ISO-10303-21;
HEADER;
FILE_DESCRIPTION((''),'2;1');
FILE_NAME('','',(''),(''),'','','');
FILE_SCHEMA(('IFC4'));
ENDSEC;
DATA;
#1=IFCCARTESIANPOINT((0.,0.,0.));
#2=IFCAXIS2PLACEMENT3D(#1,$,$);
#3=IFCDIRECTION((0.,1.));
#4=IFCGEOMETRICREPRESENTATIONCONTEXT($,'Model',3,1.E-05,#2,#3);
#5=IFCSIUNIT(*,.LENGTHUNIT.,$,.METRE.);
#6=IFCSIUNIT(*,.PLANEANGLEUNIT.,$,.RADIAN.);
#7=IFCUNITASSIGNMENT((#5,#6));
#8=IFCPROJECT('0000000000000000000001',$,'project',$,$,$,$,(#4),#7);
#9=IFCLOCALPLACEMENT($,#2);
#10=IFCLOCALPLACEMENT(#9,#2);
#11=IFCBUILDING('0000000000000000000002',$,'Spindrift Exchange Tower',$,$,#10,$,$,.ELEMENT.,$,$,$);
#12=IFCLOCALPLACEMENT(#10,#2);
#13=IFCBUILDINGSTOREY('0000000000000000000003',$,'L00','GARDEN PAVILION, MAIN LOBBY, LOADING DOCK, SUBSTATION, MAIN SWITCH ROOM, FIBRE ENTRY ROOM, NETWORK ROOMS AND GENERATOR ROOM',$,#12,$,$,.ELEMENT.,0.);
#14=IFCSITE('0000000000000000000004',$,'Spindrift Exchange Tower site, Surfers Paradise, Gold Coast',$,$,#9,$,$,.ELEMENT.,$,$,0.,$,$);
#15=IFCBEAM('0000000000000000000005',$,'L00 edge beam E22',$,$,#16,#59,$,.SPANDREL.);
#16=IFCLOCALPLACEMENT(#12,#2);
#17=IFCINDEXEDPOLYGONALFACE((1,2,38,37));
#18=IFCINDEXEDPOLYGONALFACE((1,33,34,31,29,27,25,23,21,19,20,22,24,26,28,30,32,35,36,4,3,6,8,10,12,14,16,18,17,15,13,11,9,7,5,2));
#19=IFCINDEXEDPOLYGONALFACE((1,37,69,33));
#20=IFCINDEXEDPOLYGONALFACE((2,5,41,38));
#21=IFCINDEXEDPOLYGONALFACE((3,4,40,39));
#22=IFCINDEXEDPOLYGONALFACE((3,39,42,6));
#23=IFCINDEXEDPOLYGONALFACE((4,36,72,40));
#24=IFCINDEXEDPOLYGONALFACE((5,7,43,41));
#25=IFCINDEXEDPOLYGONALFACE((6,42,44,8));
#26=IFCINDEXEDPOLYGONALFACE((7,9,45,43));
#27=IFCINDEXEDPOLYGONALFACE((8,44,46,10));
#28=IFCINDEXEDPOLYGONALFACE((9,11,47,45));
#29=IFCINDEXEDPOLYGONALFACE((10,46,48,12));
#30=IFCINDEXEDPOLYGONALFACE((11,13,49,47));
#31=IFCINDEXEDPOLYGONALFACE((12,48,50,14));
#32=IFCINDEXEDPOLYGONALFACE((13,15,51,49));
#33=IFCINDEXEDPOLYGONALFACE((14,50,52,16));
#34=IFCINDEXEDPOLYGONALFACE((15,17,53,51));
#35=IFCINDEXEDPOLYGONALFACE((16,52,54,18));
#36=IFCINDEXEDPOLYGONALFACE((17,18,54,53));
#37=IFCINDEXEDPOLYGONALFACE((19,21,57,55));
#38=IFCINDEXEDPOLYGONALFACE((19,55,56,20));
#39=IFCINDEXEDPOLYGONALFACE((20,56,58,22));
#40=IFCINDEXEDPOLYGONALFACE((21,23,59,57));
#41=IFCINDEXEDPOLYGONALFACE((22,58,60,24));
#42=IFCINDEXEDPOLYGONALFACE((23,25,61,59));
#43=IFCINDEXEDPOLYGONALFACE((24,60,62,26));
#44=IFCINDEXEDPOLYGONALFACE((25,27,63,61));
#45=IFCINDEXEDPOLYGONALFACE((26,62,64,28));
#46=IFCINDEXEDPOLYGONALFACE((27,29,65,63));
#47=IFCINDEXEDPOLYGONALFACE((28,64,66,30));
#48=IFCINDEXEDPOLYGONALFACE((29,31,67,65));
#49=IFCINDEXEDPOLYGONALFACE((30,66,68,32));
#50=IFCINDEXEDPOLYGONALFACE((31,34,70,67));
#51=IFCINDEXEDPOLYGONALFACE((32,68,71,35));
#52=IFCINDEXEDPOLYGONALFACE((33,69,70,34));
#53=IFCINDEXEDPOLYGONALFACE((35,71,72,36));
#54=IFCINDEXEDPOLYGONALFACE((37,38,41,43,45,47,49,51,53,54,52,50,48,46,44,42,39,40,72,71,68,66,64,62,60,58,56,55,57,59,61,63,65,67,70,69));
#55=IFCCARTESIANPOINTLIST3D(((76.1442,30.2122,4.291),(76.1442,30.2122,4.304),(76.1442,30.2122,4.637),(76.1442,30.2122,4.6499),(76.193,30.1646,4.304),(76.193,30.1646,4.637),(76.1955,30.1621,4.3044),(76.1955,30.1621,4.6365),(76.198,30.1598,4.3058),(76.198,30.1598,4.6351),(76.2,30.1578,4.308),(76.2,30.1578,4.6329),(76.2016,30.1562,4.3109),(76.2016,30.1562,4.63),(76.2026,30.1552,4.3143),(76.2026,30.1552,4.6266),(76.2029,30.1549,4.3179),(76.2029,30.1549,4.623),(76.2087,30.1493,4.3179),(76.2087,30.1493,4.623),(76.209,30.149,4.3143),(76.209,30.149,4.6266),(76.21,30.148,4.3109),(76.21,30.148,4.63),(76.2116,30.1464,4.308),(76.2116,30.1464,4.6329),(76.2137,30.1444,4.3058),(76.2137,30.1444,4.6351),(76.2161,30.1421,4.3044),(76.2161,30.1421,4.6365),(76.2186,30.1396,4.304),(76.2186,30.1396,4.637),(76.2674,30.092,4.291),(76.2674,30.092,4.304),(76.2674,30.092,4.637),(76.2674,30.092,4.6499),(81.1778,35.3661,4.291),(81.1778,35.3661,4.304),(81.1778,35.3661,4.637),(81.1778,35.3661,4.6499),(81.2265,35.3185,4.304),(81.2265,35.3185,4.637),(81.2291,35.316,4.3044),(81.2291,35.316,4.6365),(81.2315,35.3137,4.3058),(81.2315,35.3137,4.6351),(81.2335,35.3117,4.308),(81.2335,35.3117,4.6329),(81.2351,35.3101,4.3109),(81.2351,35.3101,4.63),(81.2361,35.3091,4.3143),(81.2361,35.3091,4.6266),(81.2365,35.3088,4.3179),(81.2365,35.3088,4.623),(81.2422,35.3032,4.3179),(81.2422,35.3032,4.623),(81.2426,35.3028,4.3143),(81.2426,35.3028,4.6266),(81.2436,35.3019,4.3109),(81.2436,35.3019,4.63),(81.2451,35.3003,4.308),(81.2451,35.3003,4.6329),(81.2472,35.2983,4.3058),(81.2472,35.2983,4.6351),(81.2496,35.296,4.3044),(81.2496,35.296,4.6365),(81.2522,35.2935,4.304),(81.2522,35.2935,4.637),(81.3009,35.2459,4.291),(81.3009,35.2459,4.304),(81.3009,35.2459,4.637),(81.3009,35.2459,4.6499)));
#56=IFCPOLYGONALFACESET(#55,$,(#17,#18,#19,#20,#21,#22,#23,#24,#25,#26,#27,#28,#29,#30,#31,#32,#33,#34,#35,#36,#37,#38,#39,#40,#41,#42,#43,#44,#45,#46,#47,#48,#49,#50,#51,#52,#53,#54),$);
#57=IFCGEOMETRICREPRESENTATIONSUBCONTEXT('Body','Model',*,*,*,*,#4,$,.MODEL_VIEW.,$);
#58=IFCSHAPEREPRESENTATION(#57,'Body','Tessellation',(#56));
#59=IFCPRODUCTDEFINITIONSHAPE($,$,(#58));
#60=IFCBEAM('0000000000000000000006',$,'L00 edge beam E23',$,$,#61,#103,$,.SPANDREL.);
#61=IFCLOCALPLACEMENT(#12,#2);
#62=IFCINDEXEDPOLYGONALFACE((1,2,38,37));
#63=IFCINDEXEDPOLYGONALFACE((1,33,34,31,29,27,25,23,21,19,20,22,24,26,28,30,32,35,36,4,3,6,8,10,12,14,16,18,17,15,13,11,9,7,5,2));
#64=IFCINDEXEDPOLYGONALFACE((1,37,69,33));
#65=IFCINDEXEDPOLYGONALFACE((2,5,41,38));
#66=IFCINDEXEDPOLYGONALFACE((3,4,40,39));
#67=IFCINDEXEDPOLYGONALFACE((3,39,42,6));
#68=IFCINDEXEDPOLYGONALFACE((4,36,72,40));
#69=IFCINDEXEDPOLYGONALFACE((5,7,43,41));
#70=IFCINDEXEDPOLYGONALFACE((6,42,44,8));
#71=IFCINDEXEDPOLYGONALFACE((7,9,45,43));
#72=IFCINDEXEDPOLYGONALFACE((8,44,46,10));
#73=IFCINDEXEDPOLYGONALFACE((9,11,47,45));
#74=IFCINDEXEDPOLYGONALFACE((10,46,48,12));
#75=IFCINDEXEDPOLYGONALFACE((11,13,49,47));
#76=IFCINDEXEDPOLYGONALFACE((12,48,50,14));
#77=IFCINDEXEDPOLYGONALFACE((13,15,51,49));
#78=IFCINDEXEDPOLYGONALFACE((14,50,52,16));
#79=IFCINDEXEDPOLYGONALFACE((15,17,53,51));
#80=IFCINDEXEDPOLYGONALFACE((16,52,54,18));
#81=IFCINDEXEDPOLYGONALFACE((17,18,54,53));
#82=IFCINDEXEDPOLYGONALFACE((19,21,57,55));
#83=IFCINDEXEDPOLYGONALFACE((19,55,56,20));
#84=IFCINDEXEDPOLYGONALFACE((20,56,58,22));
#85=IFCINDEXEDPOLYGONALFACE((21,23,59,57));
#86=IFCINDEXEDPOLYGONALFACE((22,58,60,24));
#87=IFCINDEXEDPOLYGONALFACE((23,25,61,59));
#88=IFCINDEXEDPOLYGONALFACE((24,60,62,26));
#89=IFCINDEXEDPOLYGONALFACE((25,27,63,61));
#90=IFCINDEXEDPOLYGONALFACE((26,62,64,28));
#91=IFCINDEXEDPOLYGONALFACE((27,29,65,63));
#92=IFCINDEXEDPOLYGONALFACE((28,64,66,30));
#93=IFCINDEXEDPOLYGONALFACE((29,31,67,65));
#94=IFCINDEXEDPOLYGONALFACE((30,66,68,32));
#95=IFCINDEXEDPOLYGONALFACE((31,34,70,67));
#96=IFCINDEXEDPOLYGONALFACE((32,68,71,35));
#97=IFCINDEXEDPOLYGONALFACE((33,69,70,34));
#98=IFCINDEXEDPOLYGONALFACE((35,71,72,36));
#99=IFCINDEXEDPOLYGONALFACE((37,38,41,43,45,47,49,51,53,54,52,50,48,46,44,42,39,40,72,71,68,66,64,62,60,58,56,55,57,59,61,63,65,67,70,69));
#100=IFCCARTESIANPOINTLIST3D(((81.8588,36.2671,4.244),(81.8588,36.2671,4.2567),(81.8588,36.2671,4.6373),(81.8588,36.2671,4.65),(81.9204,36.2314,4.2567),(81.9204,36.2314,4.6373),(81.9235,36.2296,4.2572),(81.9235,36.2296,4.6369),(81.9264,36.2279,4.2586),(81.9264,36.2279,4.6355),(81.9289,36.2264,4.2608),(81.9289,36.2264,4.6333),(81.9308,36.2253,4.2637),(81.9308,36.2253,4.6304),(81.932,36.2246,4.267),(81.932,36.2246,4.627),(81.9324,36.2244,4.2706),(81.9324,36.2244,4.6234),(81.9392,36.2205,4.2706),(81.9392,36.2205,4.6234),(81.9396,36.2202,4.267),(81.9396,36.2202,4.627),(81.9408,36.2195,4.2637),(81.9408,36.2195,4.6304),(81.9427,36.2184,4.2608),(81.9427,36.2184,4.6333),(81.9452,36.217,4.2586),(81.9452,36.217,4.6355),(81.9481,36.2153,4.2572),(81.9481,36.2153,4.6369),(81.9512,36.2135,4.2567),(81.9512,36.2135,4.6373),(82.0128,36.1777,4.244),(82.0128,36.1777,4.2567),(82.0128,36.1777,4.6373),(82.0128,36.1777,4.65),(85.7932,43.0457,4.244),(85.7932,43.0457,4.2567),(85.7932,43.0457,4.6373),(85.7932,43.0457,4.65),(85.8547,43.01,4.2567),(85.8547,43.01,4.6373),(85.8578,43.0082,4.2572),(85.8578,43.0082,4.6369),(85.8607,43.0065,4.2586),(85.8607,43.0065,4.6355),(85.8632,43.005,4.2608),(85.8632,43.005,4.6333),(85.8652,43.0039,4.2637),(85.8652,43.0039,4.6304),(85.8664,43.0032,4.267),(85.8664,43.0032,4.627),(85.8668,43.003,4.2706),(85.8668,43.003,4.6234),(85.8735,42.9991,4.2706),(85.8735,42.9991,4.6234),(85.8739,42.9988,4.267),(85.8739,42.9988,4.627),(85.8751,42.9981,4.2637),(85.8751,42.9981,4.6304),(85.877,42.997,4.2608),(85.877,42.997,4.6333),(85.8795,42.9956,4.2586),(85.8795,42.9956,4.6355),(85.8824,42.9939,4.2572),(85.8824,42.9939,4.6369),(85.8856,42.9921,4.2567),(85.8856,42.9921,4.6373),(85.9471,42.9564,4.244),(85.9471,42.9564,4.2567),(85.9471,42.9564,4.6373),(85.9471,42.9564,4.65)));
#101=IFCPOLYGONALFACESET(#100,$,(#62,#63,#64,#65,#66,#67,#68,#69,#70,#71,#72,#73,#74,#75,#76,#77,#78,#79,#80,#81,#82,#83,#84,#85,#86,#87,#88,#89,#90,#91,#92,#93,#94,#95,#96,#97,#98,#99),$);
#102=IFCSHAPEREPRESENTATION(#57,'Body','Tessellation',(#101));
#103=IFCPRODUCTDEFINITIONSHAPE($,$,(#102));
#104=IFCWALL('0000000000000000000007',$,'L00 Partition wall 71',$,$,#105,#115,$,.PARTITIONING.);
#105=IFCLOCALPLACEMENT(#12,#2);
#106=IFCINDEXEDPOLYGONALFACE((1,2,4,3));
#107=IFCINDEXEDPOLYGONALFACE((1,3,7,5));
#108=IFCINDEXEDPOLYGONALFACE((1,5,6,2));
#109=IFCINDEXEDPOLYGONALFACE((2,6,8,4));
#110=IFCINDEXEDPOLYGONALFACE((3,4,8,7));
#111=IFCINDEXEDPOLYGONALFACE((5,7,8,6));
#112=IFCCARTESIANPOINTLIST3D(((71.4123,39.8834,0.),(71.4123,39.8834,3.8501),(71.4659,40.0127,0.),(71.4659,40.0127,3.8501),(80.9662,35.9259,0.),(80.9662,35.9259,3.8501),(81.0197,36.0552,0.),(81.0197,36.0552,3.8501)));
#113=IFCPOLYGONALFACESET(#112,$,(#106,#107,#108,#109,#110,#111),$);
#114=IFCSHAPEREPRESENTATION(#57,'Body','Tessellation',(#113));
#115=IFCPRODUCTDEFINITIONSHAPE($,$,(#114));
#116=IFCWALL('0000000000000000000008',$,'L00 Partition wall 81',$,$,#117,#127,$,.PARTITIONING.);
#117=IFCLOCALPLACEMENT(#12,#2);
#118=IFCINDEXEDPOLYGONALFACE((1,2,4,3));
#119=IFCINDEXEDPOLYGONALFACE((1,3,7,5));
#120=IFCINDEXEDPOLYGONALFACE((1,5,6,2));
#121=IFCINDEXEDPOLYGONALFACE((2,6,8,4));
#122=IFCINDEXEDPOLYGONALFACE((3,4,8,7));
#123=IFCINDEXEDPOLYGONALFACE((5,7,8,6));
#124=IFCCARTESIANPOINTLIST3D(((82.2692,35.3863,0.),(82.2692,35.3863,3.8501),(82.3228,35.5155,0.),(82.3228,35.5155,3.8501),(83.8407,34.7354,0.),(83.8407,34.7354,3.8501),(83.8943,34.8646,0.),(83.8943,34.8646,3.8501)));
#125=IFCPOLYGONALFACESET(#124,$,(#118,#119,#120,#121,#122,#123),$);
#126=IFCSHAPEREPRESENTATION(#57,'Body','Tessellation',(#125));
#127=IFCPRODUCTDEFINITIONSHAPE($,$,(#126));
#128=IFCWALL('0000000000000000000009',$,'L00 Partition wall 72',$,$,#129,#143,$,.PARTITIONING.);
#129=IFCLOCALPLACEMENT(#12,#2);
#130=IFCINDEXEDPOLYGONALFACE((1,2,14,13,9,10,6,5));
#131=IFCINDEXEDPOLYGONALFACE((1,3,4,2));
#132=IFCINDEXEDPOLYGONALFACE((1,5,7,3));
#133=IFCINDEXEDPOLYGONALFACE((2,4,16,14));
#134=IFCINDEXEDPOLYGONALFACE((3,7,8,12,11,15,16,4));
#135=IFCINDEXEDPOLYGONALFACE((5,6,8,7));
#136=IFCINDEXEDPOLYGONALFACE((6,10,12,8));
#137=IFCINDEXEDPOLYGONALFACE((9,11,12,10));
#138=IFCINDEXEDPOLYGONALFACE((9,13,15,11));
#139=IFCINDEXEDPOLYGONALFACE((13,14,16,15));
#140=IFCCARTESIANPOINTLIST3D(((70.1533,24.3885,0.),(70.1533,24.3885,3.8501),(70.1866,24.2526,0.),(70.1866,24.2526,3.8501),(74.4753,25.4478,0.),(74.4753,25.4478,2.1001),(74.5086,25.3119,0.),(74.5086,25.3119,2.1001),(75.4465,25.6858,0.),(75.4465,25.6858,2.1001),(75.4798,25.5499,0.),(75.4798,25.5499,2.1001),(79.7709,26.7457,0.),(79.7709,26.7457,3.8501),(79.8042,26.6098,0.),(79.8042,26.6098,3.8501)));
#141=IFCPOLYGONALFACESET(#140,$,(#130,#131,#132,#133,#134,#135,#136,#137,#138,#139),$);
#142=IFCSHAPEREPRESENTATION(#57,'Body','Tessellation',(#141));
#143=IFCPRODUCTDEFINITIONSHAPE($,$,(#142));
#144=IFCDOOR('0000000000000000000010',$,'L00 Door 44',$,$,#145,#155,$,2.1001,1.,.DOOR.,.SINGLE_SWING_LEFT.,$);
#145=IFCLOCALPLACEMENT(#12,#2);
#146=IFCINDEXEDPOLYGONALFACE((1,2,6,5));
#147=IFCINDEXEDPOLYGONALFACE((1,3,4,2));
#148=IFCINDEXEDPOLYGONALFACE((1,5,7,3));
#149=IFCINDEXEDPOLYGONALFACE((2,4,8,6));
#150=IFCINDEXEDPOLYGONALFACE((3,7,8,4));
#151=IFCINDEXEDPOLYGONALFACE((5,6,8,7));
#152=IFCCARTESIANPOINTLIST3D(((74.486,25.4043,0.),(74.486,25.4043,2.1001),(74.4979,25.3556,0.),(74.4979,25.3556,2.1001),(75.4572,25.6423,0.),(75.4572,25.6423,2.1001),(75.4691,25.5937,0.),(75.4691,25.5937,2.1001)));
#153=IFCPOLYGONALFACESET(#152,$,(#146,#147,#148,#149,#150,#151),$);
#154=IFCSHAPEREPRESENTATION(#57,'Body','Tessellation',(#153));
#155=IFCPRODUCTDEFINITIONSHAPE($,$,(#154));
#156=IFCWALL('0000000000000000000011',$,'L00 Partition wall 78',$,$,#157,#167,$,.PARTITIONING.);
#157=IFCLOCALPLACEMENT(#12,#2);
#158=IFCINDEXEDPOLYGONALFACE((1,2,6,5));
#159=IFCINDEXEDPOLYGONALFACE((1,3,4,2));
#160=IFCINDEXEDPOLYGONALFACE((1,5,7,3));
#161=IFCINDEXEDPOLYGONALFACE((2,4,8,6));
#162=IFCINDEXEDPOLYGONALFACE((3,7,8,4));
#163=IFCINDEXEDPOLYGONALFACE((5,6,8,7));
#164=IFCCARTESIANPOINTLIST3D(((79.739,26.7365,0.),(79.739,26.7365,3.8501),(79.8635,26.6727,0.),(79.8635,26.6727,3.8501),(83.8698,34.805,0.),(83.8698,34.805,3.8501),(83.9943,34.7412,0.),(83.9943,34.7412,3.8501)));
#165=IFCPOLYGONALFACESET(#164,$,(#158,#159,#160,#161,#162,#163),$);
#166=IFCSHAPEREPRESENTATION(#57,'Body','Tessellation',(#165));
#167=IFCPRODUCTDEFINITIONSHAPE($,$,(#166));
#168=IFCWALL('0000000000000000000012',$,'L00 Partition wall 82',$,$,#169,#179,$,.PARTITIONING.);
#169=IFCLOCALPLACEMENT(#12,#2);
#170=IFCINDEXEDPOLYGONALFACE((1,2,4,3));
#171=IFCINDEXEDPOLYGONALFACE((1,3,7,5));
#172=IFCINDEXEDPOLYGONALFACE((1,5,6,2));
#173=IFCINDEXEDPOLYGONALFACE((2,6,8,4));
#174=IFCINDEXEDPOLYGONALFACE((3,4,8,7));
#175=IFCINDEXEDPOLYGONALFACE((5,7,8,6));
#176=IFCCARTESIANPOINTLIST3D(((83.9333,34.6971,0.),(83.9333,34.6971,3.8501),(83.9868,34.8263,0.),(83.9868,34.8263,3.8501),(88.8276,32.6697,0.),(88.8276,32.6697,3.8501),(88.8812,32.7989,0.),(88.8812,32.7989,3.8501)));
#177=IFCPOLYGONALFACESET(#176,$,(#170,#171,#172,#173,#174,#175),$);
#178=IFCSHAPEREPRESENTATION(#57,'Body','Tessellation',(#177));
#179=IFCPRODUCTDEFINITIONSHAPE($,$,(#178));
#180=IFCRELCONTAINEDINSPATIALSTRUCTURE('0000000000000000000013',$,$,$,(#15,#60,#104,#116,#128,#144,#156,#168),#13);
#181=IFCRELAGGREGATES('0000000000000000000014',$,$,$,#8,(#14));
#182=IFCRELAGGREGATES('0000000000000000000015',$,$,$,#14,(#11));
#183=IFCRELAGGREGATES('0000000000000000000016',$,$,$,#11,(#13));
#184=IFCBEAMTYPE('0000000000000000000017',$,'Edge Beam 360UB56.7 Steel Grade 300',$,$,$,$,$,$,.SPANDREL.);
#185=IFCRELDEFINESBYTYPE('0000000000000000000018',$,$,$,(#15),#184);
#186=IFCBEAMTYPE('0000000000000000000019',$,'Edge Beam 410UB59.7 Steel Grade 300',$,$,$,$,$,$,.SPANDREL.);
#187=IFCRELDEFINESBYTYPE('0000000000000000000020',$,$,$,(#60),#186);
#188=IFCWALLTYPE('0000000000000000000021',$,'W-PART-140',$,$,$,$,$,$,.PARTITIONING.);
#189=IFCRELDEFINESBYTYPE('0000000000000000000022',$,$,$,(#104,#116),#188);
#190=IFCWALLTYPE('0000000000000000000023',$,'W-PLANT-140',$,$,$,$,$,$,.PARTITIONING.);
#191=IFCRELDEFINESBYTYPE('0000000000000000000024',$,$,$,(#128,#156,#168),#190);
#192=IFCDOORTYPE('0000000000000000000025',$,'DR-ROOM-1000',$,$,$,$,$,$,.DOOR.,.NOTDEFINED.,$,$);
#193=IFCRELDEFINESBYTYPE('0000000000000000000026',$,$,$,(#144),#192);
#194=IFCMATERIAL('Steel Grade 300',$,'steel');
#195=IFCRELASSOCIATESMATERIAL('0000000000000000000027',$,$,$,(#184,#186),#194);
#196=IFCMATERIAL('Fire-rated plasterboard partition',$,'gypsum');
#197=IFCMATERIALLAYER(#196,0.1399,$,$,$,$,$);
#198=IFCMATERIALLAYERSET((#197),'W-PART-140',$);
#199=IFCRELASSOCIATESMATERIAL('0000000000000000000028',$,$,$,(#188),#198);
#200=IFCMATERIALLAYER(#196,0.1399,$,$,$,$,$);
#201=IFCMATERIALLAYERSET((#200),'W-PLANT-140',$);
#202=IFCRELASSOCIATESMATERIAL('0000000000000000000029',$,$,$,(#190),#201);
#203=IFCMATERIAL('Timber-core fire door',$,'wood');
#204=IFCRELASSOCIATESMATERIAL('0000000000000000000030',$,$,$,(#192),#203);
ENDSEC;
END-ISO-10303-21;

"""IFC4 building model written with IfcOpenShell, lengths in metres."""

from ifc_helpers import new_model, si_unit, direction, frame, frame_2d, origin, origin_2d, place, context, subcontext, project, spatial, rectangle, i_section, extrude, source, transform, mapped, material, layer, layer_set, material_profile, profile_set, type_object, element, fill, save


model = new_model("IFC4")

# Units and contexts
model_context = context("Model", 3, precision=1e-05, world=origin(), true_north=direction((0.0, 1.0)))
body_context = subcontext(model_context, "Body", "Model", "MODEL_VIEW")
ifc_project = project(units=[si_unit("LENGTHUNIT", "METRE"), si_unit("PLANEANGLEUNIT", "RADIAN")], contexts=[model_context])

# Site, building, storey
site_placement = place(None, origin())
site = spatial("IfcSite", under=ifc_project, at=site_placement, Name="Spindrift Exchange Tower site, Surfers Paradise, Gold Coast", CompositionType="ELEMENT", RefElevation=0.0)
building_placement = place(site_placement, origin())
building = spatial("IfcBuilding", under=site, at=building_placement, Name="Spindrift Exchange Tower", CompositionType="ELEMENT")
storey_placement = place(building_placement, origin())
storey = spatial("IfcBuildingStorey", under=building, at=storey_placement, Name="L00", Description="GARDEN PAVILION, MAIN LOBBY, LOADING DOCK, SUBSTATION, MAIN SWITCH ROOM, FIBRE ENTRY ROOM, NETWORK ROOMS AND GENERATOR ROOM", CompositionType="ELEMENT", Elevation=0.0)

# Beams
ifc_material_1 = material(Name="Steel Grade 300", Category="steel")
ifc_material_profile_1 = material_profile(ifc_material_1, i_section(OverallWidth=0.1721, OverallDepth=0.3589, WebThickness=0.0081, FlangeThickness=0.0129, FilletRadius=0.0139, at=origin_2d()), Name="360UB56.7")
ifc_profile_set_1 = profile_set([ifc_material_profile_1], Name="Steel Grade 300")
beam_type_1 = type_object("IfcBeamType", Name="Edge Beam 360UB56.7 Steel Grade 300", PredefinedType="SPANDREL", material=ifc_profile_set_1)
shared_shape_1 = source(origin(), body_context, "Body", "SweptSolid", [
    extrude(i_section(OverallWidth=0.1721, OverallDepth=0.3589, WebThickness=0.0081, FlangeThickness=0.0129, FilletRadius=0.0139, at=origin_2d()), origin(), (0.0, 0.0, 1.0), 7.2041),
])
beam_1_placement = place(storey_placement, frame((76.2058, 30.1521, 4.4705), z_axis=(0.698704, 0.715411, 0.0), x_axis=(-0.715411, 0.698704, 0.0)))
element("IfcBeam", 1, at=beam_1_placement, inside=storey, type_object=beam_type_1, Name="L00 edge beam E22", PredefinedType="SPANDREL", context=body_context, shape_type="MappedRepresentation", body=[
    mapped(shared_shape_1, transform((0.0, 0.0, 0.0), scale=1.0)),
])
ifc_material_profile_2 = material_profile(ifc_material_1, i_section(OverallWidth=0.178, OverallDepth=0.406, WebThickness=0.0078, FlangeThickness=0.0127, FilletRadius=0.0139, at=origin_2d()), Name="410UB59.7")
ifc_profile_set_2 = profile_set([ifc_material_profile_2], Name="Steel Grade 300")
beam_type_2 = type_object("IfcBeamType", Name="Edge Beam 410UB59.7 Steel Grade 300", PredefinedType="SPANDREL", material=ifc_profile_set_2)
shared_shape_2 = source(origin(), body_context, "Body", "SweptSolid", [
    extrude(i_section(OverallWidth=0.178, OverallDepth=0.406, WebThickness=0.0078, FlangeThickness=0.0127, FilletRadius=0.0139, at=origin_2d()), origin(), (0.0, 0.0, 1.0), 7.8376),
])
beam_2_placement = place(storey_placement, frame((81.9358, 36.2224, 4.447), z_axis=(0.501981, 0.864878, 0.0), x_axis=(-0.864878, 0.501981, 0.0)))
element("IfcBeam", 2, at=beam_2_placement, inside=storey, type_object=beam_type_2, Name="L00 edge beam E23", PredefinedType="SPANDREL", context=body_context, shape_type="MappedRepresentation", body=[
    mapped(shared_shape_2, transform((0.0, 0.0, 0.0), scale=1.0)),
])

# Walls
ifc_material_2 = material(Name="Fire-rated plasterboard partition", Category="gypsum")
ifc_layer_1 = layer(ifc_material_2, 0.1399)
ifc_layer_set_1 = layer_set([ifc_layer_1], Name="W-PART-140")
wall_type_1 = type_object("IfcWallType", Name="W-PART-140", PredefinedType="PARTITIONING", material=ifc_layer_set_1)
wall_1_placement = place(storey_placement, frame((71.4392, 39.948, 0.0), z_axis=(0.0, 0.0, 1.0), x_axis=(0.923875, -0.382695, 0.0)))
element("IfcWall", 3, at=wall_1_placement, inside=storey, type_object=wall_type_1, Name="L00 Partition wall 71", PredefinedType="PARTITIONING", context=body_context, shape_type="SweptSolid", body=[
    extrude(rectangle(XDim=10.3411, YDim=0.1399, at=frame_2d((5.1704, 0.0))), origin(), (0.0, 0.0, 1.0), 3.8501),
])
wall_2_placement = place(storey_placement, frame((82.2959, 35.4509, 0.0), z_axis=(0.0, 0.0, 1.0), x_axis=(0.923894, -0.382648, 0.0)))
element("IfcWall", 4, at=wall_2_placement, inside=storey, type_object=wall_type_1, Name="L00 Partition wall 81", PredefinedType="PARTITIONING", context=body_context, shape_type="SweptSolid", body=[
    extrude(rectangle(XDim=1.7009, YDim=0.1399, at=frame_2d((0.8506, 0.0))), origin(), (0.0, 0.0, 1.0), 3.8501),
])

# Wall, opening, door
ifc_layer_2 = layer(ifc_material_2, 0.1399)
ifc_layer_set_2 = layer_set([ifc_layer_2], Name="W-PLANT-140")
wall_type_2 = type_object("IfcWallType", Name="W-PLANT-140", PredefinedType="PARTITIONING", material=ifc_layer_set_2)
wall_3_placement = place(storey_placement, frame((79.7876, 26.6777, 0.0), z_axis=(0.0, 0.0, 1.0), x_axis=(-0.971255, -0.238043, 0.0)))
wall_3 = element("IfcWall", 5, at=wall_3_placement, inside=storey, type_object=wall_type_2, Name="L00 Partition wall 72", PredefinedType="PARTITIONING", context=body_context, shape_type="SweptSolid", body=[
    extrude(rectangle(XDim=9.9023, YDim=0.1399, at=frame_2d((4.9512, 0.0))), origin(), (0.0, 0.0, 1.0), 3.8501),
])
opening_placement = place(wall_3_placement, frame((4.4524, 0.0, 0.0)))
opening = element("IfcOpeningElement", 6, at=opening_placement, cuts=wall_3, PredefinedType="OPENING", context=body_context, shape_type="SweptSolid", body=[
    extrude(rectangle(XDim=1.0, YDim=2.1001, at=frame_2d((0.5, 1.05))), frame((0.0, 0.0798, 0.0), z_axis=(0.0, -1.0, 0.0), x_axis=(1.0, 0.0, 0.0)), (0.0, 0.0, 1.0), 0.1599),
])
ifc_material_3 = material(Name="Timber-core fire door", Category="wood")
door_type = type_object("IfcDoorType", Name="DR-ROOM-1000", OperationType="NOTDEFINED", PredefinedType="DOOR", material=ifc_material_3)
shared_shape_3 = source(origin(), body_context, "Body", "SweptSolid", [
    extrude(rectangle(XDim=1.0, YDim=2.1001, at=frame_2d((0.5, 1.05))), frame((0.0, 0.0249, 0.0), z_axis=(0.0, -1.0, 0.0), x_axis=(1.0, 0.0, 0.0)), (0.0, 0.0, 1.0), 0.05),
])
door_placement = place(opening_placement, origin())
door = element("IfcDoor", 7, at=door_placement, inside=storey, type_object=door_type, Name="L00 Door 44", OperationType="SINGLE_SWING_LEFT", OverallHeight=2.1001, OverallWidth=1.0, PredefinedType="DOOR", context=body_context, shape_type="MappedRepresentation", body=[
    mapped(shared_shape_3, transform((0.0, 0.0, 0.0), scale=1.0)),
])
fill(opening, door)

# Walls
wall_4_placement = place(storey_placement, frame((79.8013, 26.7046, 0.0), z_axis=(0.0, 0.0, 1.0), x_axis=(0.455715, 0.890126, 0.0)))
element("IfcWall", 8, at=wall_4_placement, inside=storey, type_object=wall_type_2, Name="L00 Partition wall 78", PredefinedType="PARTITIONING", context=body_context, shape_type="SweptSolid", body=[
    extrude(rectangle(XDim=9.0645, YDim=0.1399, at=frame_2d((4.5322, 0.0))), origin(), (0.0, 0.0, 1.0), 3.8501),
])
wall_5_placement = place(storey_placement, frame((83.96, 34.7617, 0.0), z_axis=(0.0, 0.0, 1.0), x_axis=(0.923875, -0.382694, 0.0)))
element("IfcWall", 9, at=wall_5_placement, inside=storey, type_object=wall_type_2, Name="L00 Partition wall 82", PredefinedType="PARTITIONING", context=body_context, shape_type="SweptSolid", body=[
    extrude(rectangle(XDim=5.2976, YDim=0.1399, at=frame_2d((2.6489, 0.0))), origin(), (0.0, 0.0, 1.0), 3.8501),
])

save(model, "model.ifc")
